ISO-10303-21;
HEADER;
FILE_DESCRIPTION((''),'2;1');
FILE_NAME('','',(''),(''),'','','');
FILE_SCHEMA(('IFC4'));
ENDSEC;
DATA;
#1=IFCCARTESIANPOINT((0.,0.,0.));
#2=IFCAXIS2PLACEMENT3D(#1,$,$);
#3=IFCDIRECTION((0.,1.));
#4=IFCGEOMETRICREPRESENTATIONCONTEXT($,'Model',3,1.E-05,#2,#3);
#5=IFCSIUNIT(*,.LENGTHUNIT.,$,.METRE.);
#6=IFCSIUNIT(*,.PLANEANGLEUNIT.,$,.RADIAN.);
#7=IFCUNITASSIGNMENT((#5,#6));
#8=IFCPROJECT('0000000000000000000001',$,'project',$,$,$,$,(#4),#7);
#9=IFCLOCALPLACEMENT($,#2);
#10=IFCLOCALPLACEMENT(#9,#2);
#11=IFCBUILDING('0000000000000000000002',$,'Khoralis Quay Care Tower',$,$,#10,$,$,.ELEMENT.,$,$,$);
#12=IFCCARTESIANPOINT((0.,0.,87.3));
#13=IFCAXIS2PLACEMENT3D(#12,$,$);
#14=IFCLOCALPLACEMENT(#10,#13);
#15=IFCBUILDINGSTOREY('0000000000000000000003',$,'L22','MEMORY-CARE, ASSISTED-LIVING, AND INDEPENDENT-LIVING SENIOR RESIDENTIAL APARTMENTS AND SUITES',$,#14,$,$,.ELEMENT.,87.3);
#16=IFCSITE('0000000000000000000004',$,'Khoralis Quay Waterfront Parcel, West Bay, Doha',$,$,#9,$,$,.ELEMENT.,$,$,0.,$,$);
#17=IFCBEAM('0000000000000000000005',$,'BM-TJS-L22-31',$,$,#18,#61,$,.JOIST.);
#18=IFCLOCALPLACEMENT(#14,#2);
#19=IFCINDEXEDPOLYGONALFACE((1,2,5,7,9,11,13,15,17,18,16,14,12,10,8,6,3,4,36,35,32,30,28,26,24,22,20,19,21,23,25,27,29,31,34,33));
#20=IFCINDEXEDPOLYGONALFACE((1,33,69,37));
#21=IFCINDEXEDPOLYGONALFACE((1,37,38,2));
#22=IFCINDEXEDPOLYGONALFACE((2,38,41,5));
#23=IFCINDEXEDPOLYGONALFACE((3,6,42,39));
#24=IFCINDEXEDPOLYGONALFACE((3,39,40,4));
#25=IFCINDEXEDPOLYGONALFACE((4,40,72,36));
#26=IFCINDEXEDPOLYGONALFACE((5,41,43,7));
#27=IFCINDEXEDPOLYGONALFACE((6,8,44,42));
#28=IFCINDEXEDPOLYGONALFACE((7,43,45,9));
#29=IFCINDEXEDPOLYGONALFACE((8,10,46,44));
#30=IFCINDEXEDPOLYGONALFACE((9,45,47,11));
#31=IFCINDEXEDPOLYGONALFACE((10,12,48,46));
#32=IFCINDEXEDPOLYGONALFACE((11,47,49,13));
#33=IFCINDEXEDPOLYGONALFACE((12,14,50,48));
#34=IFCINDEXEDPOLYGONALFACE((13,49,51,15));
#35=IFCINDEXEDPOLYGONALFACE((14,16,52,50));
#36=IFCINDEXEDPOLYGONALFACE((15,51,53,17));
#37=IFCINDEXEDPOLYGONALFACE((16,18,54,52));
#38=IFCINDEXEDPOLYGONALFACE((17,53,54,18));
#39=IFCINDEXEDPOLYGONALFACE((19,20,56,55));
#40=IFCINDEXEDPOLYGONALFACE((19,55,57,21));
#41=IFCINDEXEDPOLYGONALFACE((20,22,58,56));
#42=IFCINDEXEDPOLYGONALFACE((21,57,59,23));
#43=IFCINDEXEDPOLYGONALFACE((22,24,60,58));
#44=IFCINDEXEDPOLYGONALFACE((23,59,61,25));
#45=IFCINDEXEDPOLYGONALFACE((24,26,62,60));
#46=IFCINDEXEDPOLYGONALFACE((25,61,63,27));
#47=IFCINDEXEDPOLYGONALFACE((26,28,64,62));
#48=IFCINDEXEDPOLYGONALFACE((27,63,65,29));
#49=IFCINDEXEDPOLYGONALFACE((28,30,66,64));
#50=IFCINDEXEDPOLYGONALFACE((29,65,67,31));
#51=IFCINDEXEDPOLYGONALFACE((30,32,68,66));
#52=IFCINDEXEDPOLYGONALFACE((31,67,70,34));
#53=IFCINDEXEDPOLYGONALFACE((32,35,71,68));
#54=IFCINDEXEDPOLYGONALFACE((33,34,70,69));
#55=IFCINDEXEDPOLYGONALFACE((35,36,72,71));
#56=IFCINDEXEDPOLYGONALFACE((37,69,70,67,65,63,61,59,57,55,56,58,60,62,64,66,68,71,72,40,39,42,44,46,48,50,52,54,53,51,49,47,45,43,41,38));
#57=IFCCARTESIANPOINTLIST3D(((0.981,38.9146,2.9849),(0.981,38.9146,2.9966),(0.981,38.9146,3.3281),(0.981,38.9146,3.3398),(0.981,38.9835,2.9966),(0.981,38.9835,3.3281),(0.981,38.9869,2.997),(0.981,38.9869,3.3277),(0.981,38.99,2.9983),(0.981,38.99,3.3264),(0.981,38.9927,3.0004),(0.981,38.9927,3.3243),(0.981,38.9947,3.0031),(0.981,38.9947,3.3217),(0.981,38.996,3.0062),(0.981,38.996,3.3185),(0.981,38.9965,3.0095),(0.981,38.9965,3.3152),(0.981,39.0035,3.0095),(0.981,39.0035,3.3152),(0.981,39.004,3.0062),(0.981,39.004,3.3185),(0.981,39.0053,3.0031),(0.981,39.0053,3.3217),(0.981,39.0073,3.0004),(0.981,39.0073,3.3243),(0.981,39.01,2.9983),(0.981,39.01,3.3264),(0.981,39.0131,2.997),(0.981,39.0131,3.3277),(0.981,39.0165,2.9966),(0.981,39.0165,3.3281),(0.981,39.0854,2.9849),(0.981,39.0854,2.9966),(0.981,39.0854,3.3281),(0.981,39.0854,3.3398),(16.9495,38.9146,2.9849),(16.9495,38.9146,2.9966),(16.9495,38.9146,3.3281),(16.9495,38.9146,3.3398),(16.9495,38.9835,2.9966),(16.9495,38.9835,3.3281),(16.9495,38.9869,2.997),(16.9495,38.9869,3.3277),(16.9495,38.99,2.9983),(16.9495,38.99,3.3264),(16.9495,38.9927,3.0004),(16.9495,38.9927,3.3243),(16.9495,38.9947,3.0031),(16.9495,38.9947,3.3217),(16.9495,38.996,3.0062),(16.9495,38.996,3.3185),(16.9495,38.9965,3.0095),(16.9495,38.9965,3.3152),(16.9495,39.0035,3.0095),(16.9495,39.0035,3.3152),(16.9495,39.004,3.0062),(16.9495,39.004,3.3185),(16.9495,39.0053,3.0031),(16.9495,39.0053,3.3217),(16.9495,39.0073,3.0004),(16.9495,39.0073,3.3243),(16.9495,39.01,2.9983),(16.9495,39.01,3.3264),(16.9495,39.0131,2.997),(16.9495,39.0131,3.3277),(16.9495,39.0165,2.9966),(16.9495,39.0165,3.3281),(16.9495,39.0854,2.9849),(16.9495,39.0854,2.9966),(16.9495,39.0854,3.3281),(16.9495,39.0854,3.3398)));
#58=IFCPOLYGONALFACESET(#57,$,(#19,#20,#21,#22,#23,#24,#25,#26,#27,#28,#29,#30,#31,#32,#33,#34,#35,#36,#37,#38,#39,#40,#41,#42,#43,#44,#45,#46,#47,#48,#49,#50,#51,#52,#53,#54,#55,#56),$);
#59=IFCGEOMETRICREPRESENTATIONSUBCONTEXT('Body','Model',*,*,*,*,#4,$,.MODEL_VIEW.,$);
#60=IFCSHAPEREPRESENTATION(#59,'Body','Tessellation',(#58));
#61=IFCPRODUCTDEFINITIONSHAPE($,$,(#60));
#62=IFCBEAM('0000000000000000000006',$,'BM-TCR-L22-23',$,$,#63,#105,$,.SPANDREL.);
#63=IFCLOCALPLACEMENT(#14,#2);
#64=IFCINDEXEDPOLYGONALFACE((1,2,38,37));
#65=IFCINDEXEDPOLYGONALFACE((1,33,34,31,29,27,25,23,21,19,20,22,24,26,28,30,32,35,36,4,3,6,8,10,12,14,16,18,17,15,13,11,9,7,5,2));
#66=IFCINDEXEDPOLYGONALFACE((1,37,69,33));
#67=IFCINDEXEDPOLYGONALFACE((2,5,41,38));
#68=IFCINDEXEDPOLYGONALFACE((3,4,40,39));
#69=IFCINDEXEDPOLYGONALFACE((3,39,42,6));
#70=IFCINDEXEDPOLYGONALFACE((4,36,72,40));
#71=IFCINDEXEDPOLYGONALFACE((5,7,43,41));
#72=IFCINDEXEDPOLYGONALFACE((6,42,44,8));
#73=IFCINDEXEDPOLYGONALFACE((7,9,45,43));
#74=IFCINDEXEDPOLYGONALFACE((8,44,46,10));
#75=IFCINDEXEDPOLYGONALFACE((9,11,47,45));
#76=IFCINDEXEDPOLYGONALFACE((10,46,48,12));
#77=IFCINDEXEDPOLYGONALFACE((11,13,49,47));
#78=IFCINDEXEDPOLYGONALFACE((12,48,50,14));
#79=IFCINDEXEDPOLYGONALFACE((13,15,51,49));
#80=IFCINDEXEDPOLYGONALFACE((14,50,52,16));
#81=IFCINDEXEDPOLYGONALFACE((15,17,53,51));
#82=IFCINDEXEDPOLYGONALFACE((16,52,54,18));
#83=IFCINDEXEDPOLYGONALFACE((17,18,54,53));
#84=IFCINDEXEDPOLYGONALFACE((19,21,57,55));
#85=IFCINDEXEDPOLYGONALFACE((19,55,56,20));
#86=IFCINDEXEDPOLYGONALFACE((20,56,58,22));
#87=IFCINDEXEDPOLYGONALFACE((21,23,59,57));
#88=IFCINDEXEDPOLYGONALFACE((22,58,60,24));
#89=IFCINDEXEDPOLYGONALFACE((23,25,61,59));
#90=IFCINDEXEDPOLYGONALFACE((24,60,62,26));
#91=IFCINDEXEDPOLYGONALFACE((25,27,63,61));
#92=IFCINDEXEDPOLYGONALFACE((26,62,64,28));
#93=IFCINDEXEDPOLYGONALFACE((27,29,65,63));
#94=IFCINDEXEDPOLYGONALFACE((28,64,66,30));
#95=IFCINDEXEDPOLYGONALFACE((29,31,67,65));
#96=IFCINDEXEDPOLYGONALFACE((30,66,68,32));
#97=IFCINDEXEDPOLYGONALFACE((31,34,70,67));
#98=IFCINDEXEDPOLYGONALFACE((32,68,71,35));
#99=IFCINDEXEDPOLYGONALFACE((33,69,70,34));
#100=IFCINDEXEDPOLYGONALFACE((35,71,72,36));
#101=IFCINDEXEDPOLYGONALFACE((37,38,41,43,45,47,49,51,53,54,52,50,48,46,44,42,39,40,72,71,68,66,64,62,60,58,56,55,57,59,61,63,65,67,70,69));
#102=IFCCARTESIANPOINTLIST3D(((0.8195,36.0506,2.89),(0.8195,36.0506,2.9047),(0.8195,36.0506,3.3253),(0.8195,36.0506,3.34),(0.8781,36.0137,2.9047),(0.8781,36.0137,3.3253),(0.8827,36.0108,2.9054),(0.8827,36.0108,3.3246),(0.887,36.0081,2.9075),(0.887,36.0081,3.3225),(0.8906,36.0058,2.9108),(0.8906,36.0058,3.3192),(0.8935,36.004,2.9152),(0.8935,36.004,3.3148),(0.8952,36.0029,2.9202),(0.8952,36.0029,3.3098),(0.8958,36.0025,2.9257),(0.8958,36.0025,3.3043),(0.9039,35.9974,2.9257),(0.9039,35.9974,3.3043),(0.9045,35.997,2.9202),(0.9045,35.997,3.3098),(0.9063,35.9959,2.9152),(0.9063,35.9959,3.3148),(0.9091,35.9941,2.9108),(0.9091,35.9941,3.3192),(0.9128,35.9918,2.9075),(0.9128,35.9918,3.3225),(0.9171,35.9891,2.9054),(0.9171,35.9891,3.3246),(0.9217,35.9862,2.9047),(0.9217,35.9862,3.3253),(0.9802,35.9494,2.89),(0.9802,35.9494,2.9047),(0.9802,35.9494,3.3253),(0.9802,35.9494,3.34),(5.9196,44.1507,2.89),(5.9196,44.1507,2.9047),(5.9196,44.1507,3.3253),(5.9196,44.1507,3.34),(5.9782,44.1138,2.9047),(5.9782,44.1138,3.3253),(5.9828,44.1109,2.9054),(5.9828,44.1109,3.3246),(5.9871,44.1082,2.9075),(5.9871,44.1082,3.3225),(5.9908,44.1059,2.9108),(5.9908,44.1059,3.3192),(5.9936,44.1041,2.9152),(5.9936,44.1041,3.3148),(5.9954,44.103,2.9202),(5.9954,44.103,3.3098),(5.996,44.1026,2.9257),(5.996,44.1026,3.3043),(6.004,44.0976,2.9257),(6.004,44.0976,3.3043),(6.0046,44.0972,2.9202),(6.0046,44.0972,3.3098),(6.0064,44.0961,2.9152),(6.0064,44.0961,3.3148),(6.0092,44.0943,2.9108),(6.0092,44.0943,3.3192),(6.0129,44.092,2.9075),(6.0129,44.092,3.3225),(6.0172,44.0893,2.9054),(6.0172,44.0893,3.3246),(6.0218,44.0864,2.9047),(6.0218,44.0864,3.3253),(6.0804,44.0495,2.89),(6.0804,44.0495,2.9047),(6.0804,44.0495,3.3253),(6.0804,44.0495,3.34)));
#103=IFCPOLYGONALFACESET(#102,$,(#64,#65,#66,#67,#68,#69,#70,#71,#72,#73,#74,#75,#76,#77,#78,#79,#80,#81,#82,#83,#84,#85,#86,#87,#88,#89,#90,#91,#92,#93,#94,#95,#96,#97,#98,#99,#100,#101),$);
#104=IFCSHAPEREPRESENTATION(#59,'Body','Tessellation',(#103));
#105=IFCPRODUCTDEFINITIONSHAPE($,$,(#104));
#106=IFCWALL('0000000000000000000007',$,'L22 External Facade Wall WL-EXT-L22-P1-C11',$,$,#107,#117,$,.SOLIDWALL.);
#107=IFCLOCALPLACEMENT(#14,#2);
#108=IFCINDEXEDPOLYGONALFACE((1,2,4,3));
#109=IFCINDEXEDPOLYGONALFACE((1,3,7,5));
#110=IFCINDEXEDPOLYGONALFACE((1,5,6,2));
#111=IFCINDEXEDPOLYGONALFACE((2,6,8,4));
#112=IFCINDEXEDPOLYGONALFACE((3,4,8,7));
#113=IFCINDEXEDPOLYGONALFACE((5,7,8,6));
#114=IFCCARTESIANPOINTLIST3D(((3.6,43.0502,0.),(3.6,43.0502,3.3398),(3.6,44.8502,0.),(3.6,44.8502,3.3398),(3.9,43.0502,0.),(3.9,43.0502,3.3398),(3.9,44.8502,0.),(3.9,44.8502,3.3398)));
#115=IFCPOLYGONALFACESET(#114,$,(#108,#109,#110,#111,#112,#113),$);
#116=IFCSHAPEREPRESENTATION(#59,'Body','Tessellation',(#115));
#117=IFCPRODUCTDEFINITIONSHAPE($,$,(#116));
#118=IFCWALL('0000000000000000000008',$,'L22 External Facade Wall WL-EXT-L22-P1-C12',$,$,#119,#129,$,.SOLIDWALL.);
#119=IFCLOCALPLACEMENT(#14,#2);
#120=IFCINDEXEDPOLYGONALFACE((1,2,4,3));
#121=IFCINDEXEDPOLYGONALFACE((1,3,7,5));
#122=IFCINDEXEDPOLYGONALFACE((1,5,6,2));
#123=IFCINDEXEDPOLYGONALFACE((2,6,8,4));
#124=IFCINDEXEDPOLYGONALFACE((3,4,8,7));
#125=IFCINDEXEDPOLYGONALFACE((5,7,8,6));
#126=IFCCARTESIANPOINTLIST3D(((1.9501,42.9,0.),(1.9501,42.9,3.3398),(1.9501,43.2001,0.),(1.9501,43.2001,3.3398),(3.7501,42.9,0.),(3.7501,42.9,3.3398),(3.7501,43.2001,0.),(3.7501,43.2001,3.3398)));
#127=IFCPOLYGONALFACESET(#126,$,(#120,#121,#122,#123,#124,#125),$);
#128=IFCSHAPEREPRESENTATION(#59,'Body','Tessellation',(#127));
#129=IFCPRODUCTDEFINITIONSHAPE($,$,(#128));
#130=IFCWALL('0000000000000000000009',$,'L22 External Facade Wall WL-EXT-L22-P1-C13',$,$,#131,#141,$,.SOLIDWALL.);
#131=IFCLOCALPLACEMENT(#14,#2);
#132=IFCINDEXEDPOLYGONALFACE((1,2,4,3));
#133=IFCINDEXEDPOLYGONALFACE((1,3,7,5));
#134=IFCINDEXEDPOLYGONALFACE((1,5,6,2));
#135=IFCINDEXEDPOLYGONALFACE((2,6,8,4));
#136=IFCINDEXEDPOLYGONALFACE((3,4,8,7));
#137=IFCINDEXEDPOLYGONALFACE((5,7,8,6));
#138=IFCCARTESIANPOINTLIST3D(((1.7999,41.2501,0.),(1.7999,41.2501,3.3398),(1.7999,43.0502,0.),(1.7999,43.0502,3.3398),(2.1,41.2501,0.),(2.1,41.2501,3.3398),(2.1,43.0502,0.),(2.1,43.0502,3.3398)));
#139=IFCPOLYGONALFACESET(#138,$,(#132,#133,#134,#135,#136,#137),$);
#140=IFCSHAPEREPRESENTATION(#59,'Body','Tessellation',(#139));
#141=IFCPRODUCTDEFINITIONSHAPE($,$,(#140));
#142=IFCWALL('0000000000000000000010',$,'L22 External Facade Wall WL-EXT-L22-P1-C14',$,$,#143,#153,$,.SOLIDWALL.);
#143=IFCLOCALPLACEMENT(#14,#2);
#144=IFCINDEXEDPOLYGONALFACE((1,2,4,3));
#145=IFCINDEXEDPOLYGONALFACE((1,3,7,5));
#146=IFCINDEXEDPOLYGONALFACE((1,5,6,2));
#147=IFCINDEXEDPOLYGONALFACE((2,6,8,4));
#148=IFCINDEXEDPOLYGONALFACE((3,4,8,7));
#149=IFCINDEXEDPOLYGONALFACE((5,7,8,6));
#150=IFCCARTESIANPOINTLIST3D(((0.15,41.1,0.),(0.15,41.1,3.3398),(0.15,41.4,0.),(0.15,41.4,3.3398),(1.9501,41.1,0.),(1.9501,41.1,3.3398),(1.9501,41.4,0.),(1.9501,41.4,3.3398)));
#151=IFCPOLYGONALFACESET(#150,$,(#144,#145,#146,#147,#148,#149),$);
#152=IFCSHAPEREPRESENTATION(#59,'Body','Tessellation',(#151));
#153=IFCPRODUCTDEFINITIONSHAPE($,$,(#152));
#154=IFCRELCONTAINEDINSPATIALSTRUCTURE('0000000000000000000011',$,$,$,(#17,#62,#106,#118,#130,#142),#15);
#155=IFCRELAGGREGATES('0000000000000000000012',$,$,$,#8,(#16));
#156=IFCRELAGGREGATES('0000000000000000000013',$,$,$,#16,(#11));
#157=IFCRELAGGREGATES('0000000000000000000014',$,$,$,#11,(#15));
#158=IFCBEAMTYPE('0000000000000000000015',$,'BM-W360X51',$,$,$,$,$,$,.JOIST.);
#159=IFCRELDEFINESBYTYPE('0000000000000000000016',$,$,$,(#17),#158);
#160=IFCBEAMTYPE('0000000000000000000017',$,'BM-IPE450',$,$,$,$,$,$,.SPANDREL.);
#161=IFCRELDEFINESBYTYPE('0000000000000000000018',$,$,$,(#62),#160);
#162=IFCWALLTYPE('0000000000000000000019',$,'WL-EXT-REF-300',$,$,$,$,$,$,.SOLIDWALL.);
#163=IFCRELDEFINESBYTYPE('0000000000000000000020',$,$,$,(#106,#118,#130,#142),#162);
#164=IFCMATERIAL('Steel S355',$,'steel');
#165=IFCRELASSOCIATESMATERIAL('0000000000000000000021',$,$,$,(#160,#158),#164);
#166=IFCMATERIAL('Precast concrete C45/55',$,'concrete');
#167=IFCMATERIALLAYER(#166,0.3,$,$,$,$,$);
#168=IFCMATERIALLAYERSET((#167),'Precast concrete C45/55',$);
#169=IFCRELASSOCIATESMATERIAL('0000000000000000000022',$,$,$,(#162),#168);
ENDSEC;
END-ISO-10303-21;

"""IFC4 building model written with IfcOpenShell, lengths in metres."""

from ifc_helpers import new_model, si_unit, direction, frame, frame_2d, origin, origin_2d, place, context, subcontext, project, spatial, rectangle, i_section, extrude, source, transform, mapped, material, layer, layer_set, material_profile, profile_set, type_object, element, save


model = new_model("IFC4")

# Units and contexts
model_context = context("Model", 3, precision=1e-05, world=origin(), true_north=direction((0.0, 1.0)))
body_context = subcontext(model_context, "Body", "Model", "MODEL_VIEW")
ifc_project = project(units=[si_unit("LENGTHUNIT", "METRE"), si_unit("PLANEANGLEUNIT", "RADIAN")], contexts=[model_context])

# Site, building, storey
site_placement = place(None, origin())
site = spatial("IfcSite", under=ifc_project, at=site_placement, Name="Khoralis Quay Waterfront Parcel, West Bay, Doha", CompositionType="ELEMENT", RefElevation=0.0)
building_placement = place(site_placement, origin())
building = spatial("IfcBuilding", under=site, at=building_placement, Name="Khoralis Quay Care Tower", CompositionType="ELEMENT")
storey_placement = place(building_placement, frame((0.0, 0.0, 87.3)))
storey = spatial("IfcBuildingStorey", under=building, at=storey_placement, Name="L22", Description="MEMORY-CARE, ASSISTED-LIVING, AND INDEPENDENT-LIVING SENIOR RESIDENTIAL APARTMENTS AND SUITES", CompositionType="ELEMENT", Elevation=87.3)

# Beams
ifc_material_1 = material(Name="Steel S355", Category="steel")
ifc_material_profile_1 = material_profile(ifc_material_1, i_section(OverallWidth=0.1899, OverallDepth=0.45, WebThickness=0.0095, FlangeThickness=0.0146, FilletRadius=0.021, at=origin_2d()), Name="Steel S355")
ifc_profile_set_1 = profile_set([ifc_material_profile_1], Name="Steel S355")
beam_type_1 = type_object("IfcBeamType", Name="BM-IPE450", PredefinedType="SPANDREL", material=ifc_profile_set_1)
ifc_material_profile_2 = material_profile(ifc_material_1, i_section(OverallWidth=0.1709, OverallDepth=0.355, WebThickness=0.0071, FlangeThickness=0.0117, FilletRadius=0.0129, at=origin_2d()), Name="Steel S355")
ifc_profile_set_2 = profile_set([ifc_material_profile_2], Name="Steel S355")
beam_type_2 = type_object("IfcBeamType", Name="BM-W360X51", PredefinedType="JOIST", material=ifc_profile_set_2)
shared_shape_1 = source(origin(), body_context, "Body", "SweptSolid", [
    extrude(i_section(OverallWidth=0.1709, OverallDepth=0.355, WebThickness=0.0071, FlangeThickness=0.0117, FilletRadius=0.0129, at=origin_2d()), origin(), (0.0, 0.0, 1.0), 15.9685),
])
beam_1_placement = place(storey_placement, frame((0.981, 39.0, 3.1624), z_axis=(1.0, 0.0, 0.0), x_axis=(0.0, 1.0, 0.0)))
element("IfcBeam", 1, at=beam_1_placement, inside=storey, type_object=beam_type_2, Name="BM-TJS-L22-31", PredefinedType="JOIST", context=body_context, shape_type="MappedRepresentation", body=[
    mapped(shared_shape_1, transform((0.0, 0.0, 0.0), scale=1.0)),
])
shared_shape_2 = source(origin(), body_context, "Body", "SweptSolid", [
    extrude(i_section(OverallWidth=0.1899, OverallDepth=0.45, WebThickness=0.0095, FlangeThickness=0.0146, FilletRadius=0.021, at=origin_2d()), origin(), (0.0, 0.0, 1.0), 9.572),
])
beam_2_placement = place(storey_placement, frame((6.0, 44.1001, 3.115), z_axis=(-0.532816, -0.846231, 0.0), x_axis=(0.846231, -0.532816, 0.0)))
element("IfcBeam", 2, at=beam_2_placement, inside=storey, type_object=beam_type_1, Name="BM-TCR-L22-23", PredefinedType="SPANDREL", context=body_context, shape_type="MappedRepresentation", body=[
    mapped(shared_shape_2, transform((0.0, 0.0, 0.0), scale=1.0)),
])

# Walls
ifc_material_2 = material(Name="Precast concrete C45/55", Category="concrete")
ifc_layer_1 = layer(ifc_material_2, 0.3)
ifc_layer_set_1 = layer_set([ifc_layer_1], Name="Precast concrete C45/55")
wall_type_1 = type_object("IfcWallType", Name="WL-EXT-REF-300", PredefinedType="SOLIDWALL", material=ifc_layer_set_1)
for number, where, z_axis, x_axis, name in (
    (3, (3.75, 44.8501, 0.0), (0.0, 0.0, 1.0), (0.0, -1.0, 0.0), "L22 External Facade Wall WL-EXT-L22-P1-C11"),
    (4, (3.75, 43.05, 0.0), (0.0, 0.0, 1.0), (-1.0, 0.0, 0.0), "L22 External Facade Wall WL-EXT-L22-P1-C12"),
    (5, (1.95, 43.05, 0.0), (0.0, 0.0, 1.0), (0.0, -1.0, 0.0), "L22 External Facade Wall WL-EXT-L22-P1-C13"),
    (6, (1.95, 41.25, 0.0), (0.0, 0.0, 1.0), (-1.0, 0.0, 0.0), "L22 External Facade Wall WL-EXT-L22-P1-C14"),
):
    element("IfcWall", number, at=place(storey_placement, frame(where, z_axis=z_axis, x_axis=x_axis)), inside=storey, type_object=wall_type_1, Name=name, PredefinedType="SOLIDWALL", context=body_context, shape_type="SweptSolid", body=[
        extrude(rectangle(XDim=1.8, YDim=0.3, at=frame_2d((0.8999, 0.0))), origin(), (0.0, 0.0, 1.0), 3.3398),
    ])

save(model, "model.ifc")
